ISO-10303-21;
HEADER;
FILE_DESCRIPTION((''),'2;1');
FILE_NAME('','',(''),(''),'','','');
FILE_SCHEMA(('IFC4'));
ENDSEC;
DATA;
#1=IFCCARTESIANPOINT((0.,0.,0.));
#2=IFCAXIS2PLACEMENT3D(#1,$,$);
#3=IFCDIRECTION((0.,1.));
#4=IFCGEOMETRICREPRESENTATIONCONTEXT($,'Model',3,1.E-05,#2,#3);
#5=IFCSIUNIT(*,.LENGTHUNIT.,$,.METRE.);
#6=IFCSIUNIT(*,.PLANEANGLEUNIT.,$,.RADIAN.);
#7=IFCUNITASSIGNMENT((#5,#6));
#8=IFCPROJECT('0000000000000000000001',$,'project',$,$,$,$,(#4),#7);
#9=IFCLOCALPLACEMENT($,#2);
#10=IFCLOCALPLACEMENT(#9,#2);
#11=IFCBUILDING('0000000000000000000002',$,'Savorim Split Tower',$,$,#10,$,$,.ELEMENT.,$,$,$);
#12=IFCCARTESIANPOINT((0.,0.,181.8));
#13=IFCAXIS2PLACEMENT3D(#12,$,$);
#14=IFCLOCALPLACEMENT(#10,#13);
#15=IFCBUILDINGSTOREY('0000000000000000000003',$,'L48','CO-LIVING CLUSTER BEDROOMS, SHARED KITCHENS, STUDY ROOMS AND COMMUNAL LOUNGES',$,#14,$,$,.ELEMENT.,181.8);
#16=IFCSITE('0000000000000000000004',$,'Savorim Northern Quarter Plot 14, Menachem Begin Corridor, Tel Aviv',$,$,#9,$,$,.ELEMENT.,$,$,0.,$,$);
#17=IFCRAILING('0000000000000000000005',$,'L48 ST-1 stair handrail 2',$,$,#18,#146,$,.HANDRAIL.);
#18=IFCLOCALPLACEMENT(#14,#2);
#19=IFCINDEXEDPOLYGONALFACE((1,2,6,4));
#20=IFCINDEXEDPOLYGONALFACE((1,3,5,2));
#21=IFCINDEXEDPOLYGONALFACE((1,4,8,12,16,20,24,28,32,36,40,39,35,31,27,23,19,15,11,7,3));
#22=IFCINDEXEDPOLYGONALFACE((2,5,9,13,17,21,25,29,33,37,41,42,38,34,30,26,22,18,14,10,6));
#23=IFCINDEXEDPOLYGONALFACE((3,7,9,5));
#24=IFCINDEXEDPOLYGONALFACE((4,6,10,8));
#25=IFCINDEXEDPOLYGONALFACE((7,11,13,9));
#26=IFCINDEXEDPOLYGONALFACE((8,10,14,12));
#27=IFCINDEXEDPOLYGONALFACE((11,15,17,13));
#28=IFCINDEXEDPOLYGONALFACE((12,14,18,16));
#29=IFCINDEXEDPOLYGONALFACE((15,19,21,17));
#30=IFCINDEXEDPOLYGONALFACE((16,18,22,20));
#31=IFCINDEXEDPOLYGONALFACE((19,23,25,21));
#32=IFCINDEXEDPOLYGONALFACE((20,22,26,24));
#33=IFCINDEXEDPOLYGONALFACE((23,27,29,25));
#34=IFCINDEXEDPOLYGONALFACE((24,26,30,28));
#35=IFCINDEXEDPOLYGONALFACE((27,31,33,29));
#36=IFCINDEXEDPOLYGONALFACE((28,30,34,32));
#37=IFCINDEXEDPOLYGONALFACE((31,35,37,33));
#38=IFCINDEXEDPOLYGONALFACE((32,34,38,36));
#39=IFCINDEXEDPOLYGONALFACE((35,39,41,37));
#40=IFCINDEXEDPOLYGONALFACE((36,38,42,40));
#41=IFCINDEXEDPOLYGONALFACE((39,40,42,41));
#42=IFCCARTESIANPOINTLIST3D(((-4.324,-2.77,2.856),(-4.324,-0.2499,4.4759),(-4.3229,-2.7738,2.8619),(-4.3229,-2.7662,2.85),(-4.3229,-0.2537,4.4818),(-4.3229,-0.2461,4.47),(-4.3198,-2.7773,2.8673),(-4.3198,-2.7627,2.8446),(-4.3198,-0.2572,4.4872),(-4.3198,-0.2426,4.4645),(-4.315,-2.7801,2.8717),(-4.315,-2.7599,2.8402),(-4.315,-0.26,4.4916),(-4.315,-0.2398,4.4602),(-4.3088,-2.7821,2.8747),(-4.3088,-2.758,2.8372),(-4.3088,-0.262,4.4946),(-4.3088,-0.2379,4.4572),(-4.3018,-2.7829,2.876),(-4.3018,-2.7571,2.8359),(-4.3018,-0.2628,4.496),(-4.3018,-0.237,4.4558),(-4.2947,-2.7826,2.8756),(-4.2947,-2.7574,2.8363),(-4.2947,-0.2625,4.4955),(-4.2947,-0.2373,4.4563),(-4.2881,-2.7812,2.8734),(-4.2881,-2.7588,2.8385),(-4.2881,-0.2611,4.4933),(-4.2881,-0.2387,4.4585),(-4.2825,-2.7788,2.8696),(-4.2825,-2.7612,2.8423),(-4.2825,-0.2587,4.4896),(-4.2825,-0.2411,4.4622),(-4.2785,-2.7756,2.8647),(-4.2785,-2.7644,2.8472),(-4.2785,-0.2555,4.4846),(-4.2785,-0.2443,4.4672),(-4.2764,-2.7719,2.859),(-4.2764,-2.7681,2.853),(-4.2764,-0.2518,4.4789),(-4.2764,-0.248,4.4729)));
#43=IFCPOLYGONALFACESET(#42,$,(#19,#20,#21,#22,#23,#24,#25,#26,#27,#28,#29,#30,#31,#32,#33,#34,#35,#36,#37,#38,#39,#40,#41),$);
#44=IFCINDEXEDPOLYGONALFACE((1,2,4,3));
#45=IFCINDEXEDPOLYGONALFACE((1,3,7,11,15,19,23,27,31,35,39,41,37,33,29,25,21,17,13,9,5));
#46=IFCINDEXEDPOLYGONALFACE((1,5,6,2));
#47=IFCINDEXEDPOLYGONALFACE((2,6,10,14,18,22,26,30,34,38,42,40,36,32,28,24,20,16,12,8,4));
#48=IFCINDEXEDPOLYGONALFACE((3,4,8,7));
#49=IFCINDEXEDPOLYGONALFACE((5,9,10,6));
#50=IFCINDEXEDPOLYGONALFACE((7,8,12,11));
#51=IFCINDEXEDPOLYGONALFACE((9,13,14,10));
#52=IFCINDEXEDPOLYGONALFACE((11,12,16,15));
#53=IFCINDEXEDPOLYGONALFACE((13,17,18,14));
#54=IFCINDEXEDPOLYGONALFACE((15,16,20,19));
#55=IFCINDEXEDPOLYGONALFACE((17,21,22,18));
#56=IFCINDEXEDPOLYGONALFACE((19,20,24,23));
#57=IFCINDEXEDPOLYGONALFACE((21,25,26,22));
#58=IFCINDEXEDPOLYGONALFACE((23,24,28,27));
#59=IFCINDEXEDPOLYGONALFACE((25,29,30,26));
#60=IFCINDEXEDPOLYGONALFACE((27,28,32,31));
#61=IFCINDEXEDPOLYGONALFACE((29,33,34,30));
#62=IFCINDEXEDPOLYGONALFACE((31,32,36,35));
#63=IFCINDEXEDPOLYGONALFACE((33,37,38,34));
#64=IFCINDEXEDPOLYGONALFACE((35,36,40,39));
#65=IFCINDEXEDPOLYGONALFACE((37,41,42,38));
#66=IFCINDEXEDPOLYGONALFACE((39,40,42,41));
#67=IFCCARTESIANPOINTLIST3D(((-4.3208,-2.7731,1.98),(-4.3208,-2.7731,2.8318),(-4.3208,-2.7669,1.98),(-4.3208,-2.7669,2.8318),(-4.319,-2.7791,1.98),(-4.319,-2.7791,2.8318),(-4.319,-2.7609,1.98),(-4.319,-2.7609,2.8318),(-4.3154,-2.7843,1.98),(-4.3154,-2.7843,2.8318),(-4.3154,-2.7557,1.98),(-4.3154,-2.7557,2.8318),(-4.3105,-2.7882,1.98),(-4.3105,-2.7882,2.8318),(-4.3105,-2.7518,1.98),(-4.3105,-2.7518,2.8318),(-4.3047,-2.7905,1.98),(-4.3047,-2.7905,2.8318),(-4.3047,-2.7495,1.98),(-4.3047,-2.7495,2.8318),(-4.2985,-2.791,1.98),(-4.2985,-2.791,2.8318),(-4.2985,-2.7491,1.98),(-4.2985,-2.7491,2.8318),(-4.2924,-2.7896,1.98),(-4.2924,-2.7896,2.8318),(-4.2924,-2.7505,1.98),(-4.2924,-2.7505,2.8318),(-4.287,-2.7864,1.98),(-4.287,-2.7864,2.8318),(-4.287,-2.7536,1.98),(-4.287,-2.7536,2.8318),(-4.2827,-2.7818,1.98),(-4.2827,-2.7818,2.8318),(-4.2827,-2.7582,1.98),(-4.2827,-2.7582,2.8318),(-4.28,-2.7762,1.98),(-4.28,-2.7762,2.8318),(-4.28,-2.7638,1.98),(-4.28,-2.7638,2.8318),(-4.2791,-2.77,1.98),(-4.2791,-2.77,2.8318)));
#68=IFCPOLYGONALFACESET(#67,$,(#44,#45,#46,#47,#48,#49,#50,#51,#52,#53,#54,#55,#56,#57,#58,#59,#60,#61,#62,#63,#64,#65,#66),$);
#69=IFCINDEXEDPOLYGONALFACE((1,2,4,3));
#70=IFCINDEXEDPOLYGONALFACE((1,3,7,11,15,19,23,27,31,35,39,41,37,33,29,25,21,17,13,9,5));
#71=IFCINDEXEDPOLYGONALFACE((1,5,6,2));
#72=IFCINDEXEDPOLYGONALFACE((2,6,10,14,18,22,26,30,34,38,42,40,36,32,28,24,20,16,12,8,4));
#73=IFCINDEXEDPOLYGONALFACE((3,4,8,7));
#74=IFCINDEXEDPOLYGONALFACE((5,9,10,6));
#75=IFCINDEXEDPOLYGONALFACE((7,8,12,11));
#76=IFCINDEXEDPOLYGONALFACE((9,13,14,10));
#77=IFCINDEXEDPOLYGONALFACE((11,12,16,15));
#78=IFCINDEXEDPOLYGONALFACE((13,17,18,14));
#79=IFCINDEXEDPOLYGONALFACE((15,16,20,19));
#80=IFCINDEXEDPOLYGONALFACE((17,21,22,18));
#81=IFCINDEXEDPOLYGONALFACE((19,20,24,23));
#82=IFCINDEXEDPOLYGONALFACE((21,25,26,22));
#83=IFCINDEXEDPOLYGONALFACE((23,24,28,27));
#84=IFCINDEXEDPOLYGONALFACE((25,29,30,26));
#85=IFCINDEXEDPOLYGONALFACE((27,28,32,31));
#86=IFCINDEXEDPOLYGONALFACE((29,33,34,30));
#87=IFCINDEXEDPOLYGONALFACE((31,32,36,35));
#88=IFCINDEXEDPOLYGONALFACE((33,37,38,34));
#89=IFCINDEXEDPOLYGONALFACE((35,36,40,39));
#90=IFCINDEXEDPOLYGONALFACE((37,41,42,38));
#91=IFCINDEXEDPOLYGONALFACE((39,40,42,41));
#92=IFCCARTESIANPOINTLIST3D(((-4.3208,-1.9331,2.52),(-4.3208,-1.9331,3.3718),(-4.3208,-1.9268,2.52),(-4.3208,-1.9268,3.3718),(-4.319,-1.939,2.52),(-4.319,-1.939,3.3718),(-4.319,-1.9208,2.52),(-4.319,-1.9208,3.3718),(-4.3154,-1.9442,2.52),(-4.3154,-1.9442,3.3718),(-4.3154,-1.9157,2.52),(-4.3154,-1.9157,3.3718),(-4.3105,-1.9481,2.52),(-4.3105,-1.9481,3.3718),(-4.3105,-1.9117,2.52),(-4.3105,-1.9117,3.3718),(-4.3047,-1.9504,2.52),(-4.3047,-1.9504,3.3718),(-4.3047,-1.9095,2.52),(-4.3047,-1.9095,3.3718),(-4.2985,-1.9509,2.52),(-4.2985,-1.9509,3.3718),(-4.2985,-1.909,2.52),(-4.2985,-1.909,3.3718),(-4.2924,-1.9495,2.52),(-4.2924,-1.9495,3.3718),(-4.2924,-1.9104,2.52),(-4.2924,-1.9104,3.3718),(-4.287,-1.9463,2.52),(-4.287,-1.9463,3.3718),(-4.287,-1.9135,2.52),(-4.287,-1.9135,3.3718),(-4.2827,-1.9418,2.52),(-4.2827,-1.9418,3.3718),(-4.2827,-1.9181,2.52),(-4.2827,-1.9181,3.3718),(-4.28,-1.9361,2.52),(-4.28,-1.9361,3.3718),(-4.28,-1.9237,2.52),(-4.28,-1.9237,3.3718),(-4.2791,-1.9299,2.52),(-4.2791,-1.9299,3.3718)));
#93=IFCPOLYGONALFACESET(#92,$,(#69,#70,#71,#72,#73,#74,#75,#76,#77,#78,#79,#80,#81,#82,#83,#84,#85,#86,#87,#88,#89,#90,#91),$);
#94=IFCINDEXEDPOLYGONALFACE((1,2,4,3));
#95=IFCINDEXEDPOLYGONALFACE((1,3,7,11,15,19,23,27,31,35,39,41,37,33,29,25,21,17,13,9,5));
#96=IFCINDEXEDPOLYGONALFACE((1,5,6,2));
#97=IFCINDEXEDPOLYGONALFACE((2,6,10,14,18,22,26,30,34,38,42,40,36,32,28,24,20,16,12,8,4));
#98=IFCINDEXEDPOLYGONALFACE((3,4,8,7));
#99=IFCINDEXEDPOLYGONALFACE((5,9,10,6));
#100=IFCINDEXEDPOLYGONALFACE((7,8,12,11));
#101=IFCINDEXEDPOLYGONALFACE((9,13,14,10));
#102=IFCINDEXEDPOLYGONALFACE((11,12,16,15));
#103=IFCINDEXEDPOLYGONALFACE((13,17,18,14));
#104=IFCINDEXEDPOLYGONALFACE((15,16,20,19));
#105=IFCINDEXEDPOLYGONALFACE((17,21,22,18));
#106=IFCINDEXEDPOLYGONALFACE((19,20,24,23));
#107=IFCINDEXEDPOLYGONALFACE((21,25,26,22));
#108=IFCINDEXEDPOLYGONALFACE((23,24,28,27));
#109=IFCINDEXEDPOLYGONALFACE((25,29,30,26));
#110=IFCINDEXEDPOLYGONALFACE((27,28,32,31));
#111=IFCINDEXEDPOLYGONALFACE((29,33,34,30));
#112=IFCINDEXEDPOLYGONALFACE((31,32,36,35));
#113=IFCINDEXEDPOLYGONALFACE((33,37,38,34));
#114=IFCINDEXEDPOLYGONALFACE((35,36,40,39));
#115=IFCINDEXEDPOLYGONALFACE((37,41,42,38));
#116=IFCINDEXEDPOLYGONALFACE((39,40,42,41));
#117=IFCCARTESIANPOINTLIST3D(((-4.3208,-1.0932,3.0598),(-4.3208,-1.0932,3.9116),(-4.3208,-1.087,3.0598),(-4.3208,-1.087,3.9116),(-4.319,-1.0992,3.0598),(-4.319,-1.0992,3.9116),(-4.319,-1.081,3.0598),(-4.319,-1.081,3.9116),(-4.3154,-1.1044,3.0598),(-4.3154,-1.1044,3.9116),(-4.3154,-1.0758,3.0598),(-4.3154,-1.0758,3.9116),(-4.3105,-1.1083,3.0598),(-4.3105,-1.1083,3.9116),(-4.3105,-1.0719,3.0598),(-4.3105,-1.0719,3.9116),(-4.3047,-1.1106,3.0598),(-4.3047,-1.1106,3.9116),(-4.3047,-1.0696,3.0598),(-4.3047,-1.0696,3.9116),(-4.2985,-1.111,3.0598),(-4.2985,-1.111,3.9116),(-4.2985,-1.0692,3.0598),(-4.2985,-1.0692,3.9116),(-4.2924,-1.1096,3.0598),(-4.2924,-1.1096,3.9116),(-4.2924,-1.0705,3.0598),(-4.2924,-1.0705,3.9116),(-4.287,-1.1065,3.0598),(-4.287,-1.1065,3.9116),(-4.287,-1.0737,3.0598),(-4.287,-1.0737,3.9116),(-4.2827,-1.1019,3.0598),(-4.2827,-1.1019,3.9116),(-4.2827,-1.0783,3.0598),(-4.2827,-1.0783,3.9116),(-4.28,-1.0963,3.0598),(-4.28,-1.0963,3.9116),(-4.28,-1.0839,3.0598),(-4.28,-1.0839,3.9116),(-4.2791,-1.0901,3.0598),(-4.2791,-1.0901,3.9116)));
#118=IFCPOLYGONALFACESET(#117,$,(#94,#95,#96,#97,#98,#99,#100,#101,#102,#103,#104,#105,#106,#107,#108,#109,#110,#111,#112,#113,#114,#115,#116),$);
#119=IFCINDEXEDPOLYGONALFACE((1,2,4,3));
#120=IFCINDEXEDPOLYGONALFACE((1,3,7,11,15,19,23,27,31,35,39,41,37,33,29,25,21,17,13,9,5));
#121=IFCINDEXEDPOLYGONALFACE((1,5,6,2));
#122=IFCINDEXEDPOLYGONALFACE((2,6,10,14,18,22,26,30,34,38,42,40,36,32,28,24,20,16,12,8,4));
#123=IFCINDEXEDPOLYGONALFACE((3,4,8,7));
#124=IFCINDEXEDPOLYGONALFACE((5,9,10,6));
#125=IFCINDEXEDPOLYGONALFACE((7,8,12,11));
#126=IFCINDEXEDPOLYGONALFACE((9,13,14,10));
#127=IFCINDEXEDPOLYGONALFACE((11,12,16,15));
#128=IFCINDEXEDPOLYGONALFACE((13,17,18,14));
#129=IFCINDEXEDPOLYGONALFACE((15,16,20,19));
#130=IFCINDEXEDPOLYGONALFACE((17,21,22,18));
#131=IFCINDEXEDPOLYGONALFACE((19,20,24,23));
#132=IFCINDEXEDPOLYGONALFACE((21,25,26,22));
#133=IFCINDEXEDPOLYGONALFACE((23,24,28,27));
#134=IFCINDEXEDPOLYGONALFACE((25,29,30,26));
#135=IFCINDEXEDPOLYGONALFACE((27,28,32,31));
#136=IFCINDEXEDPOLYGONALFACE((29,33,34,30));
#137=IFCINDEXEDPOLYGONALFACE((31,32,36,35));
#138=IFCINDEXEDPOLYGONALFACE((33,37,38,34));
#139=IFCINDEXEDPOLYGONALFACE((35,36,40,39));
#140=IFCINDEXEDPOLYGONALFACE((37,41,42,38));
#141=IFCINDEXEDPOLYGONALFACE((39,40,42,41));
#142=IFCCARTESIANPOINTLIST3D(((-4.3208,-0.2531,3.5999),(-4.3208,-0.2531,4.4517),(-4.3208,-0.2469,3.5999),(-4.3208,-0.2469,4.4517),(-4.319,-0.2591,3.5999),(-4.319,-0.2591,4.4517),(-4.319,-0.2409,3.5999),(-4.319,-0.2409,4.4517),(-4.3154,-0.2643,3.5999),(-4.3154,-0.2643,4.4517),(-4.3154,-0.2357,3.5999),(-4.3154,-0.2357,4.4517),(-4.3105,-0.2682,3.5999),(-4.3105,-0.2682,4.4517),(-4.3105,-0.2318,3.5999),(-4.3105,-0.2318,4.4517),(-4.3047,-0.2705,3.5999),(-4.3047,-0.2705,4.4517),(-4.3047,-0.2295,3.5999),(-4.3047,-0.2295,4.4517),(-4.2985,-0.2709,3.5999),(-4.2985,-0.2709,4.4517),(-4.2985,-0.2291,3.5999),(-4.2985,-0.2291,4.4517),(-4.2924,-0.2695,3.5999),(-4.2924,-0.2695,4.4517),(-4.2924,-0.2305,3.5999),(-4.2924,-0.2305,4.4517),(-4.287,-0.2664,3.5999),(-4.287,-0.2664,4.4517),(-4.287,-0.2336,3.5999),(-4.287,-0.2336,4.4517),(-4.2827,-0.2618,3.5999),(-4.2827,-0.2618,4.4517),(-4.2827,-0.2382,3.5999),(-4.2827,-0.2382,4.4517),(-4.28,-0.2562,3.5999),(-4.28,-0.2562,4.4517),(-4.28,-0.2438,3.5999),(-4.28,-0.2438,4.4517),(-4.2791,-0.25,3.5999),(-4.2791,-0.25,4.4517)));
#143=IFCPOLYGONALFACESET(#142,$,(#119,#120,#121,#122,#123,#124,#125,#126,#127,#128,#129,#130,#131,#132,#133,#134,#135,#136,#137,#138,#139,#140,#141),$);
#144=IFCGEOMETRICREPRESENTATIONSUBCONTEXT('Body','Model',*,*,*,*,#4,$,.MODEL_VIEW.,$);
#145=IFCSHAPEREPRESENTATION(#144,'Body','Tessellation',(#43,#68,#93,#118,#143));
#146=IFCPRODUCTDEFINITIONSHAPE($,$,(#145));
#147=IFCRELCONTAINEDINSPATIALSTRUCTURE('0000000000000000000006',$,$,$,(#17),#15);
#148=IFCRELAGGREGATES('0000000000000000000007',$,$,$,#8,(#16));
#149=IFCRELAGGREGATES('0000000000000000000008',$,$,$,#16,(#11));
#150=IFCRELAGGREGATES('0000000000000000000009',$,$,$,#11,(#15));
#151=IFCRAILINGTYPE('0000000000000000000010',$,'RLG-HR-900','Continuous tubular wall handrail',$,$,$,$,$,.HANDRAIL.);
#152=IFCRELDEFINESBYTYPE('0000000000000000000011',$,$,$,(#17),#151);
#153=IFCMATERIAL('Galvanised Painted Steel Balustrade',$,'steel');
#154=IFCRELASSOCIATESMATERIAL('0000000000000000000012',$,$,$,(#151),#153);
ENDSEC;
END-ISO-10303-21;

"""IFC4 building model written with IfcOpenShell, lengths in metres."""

from ifc_helpers import new_model, si_unit, direction, frame, origin, origin_2d, place, context, subcontext, project, spatial, circle, extrude, material, type_object, element, save


model = new_model("IFC4")

# Units and contexts
model_context = context("Model", 3, precision=1e-05, world=origin(), true_north=direction((0.0, 1.0)))
body_context = subcontext(model_context, "Body", "Model", "MODEL_VIEW")
ifc_project = project(units=[si_unit("LENGTHUNIT", "METRE"), si_unit("PLANEANGLEUNIT", "RADIAN")], contexts=[model_context])

# Site, building, storey
site_placement = place(None, origin())
site = spatial("IfcSite", under=ifc_project, at=site_placement, Name="Savorim Northern Quarter Plot 14, Menachem Begin Corridor, Tel Aviv", CompositionType="ELEMENT", RefElevation=0.0)
building_placement = place(site_placement, origin())
building = spatial("IfcBuilding", under=site, at=building_placement, Name="Savorim Split Tower", CompositionType="ELEMENT")
storey_placement = place(building_placement, frame((0.0, 0.0, 181.8)))
storey = spatial("IfcBuildingStorey", under=building, at=storey_placement, Name="L48", Description="CO-LIVING CLUSTER BEDROOMS, SHARED KITCHENS, STUDY ROOMS AND COMMUNAL LOUNGES", CompositionType="ELEMENT", Elevation=181.8)

# Railing
ifc_material_1 = material(Name="Galvanised Painted Steel Balustrade", Category="steel")
railing_type = type_object("IfcRailingType", Name="RLG-HR-900", Description="Continuous tubular wall handrail", PredefinedType="HANDRAIL", material=ifc_material_1)
railing_placement = place(storey_placement, frame((-4.3, -2.77, 1.98)))
element("IfcRailing", 1, at=railing_placement, inside=storey, type_object=railing_type, Name="L48 ST-1 stair handrail 2", PredefinedType="HANDRAIL", context=body_context, shape_type="SweptSolid", body=[
    extrude(circle(Radius=0.0239, at=origin_2d()), frame((0.0, 0.0, 0.876), z_axis=(0.0, 0.8412, 0.540725), x_axis=(-1.0, 0.0, 0.0)), (0.0, 0.0, 1.0), 2.9958),
    extrude(circle(Radius=0.021, at=origin_2d()), origin(), (0.0, 0.0, 1.0), 0.8518),
    extrude(circle(Radius=0.021, at=origin_2d()), frame((0.0, 0.8401, 0.54)), (0.0, 0.0, 1.0), 0.8518),
    extrude(circle(Radius=0.021, at=origin_2d()), frame((0.0, 1.6799, 1.0798)), (0.0, 0.0, 1.0), 0.8518),
    extrude(circle(Radius=0.021, at=origin_2d()), frame((0.0, 2.52, 1.6199)), (0.0, 0.0, 1.0), 0.8518),
])

save(model, "model.ifc")
